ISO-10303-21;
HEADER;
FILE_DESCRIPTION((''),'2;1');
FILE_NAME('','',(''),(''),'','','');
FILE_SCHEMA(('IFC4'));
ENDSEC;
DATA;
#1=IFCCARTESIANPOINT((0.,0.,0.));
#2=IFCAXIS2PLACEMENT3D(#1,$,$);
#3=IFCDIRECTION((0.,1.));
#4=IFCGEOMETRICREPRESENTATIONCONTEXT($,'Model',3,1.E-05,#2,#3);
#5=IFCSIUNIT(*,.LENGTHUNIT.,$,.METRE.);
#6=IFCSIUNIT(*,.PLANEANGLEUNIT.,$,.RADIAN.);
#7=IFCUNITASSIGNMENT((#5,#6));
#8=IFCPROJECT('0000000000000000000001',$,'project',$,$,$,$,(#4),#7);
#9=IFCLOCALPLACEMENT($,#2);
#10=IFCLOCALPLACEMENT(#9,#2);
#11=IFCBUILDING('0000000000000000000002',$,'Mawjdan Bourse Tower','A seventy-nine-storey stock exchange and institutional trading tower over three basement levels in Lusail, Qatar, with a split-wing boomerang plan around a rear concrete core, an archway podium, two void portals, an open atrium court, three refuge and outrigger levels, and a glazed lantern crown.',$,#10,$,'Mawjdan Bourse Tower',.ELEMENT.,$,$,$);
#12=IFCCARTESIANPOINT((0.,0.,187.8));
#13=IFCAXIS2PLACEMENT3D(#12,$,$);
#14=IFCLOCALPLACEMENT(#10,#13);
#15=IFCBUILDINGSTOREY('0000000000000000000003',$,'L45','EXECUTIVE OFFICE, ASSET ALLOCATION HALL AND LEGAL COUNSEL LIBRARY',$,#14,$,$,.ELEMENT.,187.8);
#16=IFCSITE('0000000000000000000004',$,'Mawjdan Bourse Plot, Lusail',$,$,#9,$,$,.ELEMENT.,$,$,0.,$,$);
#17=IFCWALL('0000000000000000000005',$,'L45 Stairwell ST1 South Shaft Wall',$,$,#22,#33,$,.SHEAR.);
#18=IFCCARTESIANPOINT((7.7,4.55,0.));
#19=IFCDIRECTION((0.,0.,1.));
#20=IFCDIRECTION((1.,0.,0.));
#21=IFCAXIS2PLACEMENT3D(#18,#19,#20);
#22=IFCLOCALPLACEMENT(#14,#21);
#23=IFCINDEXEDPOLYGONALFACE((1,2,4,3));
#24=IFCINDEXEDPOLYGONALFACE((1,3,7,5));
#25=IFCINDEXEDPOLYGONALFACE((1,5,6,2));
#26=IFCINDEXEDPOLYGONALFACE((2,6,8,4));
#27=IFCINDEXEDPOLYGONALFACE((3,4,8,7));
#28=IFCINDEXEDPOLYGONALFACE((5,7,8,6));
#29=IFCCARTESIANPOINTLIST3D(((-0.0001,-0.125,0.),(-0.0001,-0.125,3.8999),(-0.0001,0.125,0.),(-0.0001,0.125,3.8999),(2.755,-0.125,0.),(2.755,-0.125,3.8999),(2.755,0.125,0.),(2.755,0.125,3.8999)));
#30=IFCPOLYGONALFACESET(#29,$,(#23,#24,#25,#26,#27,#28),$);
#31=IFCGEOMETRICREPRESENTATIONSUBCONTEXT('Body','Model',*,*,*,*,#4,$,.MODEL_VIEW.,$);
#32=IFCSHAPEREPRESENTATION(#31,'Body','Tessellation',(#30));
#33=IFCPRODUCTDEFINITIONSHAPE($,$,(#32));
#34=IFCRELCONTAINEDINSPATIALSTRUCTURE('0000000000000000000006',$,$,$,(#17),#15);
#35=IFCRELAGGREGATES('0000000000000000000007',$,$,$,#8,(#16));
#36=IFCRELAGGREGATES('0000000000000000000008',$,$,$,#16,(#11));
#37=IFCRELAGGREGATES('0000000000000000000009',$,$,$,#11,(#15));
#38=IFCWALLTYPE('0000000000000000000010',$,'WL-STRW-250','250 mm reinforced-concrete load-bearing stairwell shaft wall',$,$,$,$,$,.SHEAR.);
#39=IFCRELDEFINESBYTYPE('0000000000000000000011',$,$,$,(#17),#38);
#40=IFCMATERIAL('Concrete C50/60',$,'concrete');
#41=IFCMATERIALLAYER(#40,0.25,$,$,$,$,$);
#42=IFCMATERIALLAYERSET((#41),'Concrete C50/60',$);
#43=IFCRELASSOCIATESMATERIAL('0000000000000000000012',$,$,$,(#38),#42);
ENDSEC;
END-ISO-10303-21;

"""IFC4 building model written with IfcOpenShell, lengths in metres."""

from ifc_helpers import new_model, si_unit, direction, frame, frame_2d, origin, place, context, subcontext, project, spatial, rectangle, extrude, material, layer, layer_set, type_object, element, save


model = new_model("IFC4")

# Units and contexts
model_context = context("Model", 3, precision=1e-05, world=origin(), true_north=direction((0.0, 1.0)))
body_context = subcontext(model_context, "Body", "Model", "MODEL_VIEW")
ifc_project = project(units=[si_unit("LENGTHUNIT", "METRE"), si_unit("PLANEANGLEUNIT", "RADIAN")], contexts=[model_context])

# Site, building, storey
site_placement = place(None, origin())
site = spatial("IfcSite", under=ifc_project, at=site_placement, Name="Mawjdan Bourse Plot, Lusail", CompositionType="ELEMENT", RefElevation=0.0)
building_placement = place(site_placement, origin())
building = spatial("IfcBuilding", under=site, at=building_placement, Name="Mawjdan Bourse Tower", Description="A seventy-nine-storey stock exchange and institutional trading tower over three basement levels in Lusail, Qatar, with a split-wing boomerang plan around a rear concrete core, an archway podium, two void portals, an open atrium court, three refuge and outrigger levels, and a glazed lantern crown.", LongName="Mawjdan Bourse Tower", CompositionType="ELEMENT")
storey_placement = place(building_placement, frame((0.0, 0.0, 187.8)))
storey = spatial("IfcBuildingStorey", under=building, at=storey_placement, Name="L45", Description="EXECUTIVE OFFICE, ASSET ALLOCATION HALL AND LEGAL COUNSEL LIBRARY", CompositionType="ELEMENT", Elevation=187.8)

# Shared definitions
ifc_material_1 = material(Name="Concrete C50/60", Category="concrete")

# Wall
ifc_layer_1 = layer(ifc_material_1, 0.25)
ifc_layer_set_1 = layer_set([ifc_layer_1], Name="Concrete C50/60")
wall_type_1 = type_object("IfcWallType", Name="WL-STRW-250", Description="250 mm reinforced-concrete load-bearing stairwell shaft wall", PredefinedType="SHEAR", material=ifc_layer_set_1)
wall_1_placement = place(storey_placement, frame((7.7, 4.55, 0.0), z_axis=(0.0, 0.0, 1.0), x_axis=(1.0, 0.0, 0.0)))
element("IfcWall", 1, at=wall_1_placement, inside=storey, type_object=wall_type_1, Name="L45 Stairwell ST1 South Shaft Wall", PredefinedType="SHEAR", context=body_context, shape_type="SweptSolid", body=[
    extrude(rectangle(XDim=2.7551, YDim=0.25, at=frame_2d((1.3774, 0.0))), origin(), (0.0, 0.0, 1.0), 3.8999),
])

save(model, "model.ifc")
